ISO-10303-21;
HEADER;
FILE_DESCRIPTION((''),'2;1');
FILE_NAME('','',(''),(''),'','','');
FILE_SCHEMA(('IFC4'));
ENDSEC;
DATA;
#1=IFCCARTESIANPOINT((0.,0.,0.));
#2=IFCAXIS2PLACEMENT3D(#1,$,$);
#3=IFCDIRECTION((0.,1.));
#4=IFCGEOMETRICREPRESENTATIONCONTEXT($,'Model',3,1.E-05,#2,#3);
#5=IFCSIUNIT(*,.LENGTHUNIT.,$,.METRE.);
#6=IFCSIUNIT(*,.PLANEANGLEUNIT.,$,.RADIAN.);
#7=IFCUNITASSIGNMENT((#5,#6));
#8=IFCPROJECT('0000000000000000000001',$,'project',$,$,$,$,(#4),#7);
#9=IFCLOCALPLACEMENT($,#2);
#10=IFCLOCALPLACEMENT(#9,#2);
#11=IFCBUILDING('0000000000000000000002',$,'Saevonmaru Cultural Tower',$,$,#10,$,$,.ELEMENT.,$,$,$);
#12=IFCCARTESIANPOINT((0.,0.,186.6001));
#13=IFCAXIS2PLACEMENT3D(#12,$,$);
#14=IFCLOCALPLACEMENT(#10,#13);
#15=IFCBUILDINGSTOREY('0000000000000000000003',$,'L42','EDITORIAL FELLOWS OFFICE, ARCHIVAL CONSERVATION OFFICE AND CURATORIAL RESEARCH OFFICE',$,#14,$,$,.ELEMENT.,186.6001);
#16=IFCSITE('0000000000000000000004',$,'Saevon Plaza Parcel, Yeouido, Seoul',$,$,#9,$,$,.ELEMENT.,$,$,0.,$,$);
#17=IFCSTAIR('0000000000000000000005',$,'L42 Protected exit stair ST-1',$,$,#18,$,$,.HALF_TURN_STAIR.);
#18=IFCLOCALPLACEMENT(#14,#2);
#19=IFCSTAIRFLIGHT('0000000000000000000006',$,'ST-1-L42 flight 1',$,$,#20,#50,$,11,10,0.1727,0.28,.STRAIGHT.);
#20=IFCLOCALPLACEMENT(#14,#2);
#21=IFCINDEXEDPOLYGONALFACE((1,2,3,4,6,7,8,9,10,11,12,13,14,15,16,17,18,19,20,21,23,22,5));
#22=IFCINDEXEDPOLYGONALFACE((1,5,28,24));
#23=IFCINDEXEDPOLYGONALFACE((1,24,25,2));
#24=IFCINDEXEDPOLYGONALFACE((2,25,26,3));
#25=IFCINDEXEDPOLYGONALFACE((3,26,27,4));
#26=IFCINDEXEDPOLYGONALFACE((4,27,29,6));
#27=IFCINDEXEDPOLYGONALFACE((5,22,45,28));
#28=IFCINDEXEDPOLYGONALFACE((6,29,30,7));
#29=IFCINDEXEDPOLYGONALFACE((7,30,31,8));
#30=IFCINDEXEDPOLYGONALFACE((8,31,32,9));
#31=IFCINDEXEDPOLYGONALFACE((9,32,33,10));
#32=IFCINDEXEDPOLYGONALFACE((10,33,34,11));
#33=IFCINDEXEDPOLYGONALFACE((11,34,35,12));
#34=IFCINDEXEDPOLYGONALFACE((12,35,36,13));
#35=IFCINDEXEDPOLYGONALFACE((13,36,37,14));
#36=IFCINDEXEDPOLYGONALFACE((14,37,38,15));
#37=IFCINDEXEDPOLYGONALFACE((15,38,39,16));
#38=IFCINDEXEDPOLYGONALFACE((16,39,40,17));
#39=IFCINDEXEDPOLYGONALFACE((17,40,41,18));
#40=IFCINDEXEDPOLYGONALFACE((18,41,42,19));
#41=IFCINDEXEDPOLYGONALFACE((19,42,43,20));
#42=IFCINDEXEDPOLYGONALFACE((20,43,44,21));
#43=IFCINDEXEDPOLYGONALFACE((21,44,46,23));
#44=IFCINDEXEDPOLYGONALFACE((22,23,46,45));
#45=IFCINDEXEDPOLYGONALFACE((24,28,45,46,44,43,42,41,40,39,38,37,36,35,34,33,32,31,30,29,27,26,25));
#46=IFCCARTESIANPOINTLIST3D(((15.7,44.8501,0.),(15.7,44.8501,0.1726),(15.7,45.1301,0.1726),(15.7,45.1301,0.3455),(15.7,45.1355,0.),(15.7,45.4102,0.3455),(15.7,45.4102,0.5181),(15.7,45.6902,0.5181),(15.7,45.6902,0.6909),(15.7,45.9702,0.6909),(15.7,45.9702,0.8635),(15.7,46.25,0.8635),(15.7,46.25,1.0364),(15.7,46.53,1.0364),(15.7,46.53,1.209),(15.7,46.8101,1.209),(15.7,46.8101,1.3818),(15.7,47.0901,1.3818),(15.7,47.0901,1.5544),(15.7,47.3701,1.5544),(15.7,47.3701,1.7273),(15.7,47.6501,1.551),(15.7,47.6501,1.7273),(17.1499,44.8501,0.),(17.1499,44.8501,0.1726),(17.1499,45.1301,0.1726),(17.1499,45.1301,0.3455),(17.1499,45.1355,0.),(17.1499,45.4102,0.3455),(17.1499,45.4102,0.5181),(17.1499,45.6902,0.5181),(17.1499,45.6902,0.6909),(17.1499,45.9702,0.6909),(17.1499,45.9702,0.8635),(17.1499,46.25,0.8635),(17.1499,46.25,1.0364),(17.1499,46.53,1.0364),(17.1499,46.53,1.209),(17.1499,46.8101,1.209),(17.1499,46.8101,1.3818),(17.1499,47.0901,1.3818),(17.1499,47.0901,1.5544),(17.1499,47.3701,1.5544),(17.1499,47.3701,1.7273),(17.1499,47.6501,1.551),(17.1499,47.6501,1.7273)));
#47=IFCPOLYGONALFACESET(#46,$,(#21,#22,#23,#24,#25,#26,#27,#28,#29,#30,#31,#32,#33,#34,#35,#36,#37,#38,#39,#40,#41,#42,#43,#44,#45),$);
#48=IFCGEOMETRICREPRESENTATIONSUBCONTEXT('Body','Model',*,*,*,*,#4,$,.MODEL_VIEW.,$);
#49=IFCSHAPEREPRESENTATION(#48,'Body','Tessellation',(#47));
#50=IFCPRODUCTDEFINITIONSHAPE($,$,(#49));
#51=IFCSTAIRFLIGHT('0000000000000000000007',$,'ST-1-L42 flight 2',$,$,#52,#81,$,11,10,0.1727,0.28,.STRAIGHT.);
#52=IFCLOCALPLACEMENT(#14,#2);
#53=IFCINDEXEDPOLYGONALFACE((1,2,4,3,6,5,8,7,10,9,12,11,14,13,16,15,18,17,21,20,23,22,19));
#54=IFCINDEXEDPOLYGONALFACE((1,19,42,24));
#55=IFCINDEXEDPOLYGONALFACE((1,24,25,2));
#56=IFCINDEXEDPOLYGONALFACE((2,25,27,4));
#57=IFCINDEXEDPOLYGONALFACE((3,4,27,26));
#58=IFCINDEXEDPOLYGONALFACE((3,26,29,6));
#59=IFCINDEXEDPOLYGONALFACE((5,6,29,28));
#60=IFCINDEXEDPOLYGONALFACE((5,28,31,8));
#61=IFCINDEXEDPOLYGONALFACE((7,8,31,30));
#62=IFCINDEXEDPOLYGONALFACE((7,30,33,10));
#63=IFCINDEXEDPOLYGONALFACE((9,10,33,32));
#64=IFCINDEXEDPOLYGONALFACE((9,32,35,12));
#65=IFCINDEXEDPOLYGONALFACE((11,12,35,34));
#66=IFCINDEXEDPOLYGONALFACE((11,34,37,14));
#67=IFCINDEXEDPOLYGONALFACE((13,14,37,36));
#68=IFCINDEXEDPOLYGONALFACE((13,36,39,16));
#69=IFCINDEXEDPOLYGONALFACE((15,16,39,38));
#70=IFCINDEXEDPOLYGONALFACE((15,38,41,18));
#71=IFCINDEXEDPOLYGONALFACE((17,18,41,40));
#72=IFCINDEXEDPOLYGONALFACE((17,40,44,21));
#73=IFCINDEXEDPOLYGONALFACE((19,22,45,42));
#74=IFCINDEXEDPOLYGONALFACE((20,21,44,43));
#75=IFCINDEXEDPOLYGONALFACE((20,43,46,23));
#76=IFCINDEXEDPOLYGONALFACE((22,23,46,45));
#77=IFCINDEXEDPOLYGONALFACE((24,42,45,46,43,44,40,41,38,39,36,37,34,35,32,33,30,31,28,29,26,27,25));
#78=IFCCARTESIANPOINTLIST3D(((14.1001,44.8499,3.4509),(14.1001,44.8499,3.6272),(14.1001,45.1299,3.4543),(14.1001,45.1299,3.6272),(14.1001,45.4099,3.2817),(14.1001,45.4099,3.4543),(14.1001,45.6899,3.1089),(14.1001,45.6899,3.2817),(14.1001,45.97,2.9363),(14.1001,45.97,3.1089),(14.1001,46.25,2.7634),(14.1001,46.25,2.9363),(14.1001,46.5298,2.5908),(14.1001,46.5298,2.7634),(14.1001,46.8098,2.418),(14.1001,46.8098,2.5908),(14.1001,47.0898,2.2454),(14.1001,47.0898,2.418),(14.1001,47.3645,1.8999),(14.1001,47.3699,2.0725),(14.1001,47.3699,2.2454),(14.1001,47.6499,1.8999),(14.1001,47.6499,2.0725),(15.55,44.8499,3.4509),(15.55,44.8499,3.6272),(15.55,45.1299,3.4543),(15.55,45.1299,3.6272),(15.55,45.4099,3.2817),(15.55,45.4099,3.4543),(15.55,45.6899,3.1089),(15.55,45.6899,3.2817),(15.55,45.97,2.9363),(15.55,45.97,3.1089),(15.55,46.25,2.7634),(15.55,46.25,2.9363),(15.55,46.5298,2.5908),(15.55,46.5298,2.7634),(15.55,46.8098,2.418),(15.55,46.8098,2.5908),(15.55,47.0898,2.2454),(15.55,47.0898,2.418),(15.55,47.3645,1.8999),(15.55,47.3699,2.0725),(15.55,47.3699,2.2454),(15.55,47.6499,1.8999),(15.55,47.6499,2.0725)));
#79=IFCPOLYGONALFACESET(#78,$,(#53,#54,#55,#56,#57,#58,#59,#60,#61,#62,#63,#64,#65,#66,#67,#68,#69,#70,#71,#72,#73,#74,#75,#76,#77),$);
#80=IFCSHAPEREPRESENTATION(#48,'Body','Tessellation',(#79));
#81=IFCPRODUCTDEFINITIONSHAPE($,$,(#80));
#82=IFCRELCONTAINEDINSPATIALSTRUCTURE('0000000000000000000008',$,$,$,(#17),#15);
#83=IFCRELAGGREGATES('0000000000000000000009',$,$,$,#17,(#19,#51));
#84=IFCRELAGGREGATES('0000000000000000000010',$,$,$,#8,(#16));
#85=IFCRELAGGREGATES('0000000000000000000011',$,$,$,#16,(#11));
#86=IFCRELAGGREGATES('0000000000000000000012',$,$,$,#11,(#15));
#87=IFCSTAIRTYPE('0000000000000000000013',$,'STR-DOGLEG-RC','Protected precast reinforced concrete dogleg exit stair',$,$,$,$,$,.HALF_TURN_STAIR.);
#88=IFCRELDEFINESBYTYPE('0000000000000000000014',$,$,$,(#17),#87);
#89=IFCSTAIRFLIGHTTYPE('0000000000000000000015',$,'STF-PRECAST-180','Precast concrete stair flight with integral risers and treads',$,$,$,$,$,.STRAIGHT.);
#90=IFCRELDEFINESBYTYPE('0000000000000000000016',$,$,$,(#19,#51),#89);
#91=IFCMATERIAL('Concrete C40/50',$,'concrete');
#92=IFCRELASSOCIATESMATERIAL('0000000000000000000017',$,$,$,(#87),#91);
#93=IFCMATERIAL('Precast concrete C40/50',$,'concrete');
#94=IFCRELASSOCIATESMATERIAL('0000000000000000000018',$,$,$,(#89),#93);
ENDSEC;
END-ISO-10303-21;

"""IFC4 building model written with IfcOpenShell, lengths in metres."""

from ifc_helpers import new_model, si_unit, direction, frame, origin, place, context, subcontext, project, spatial, polyline, outline, extrude, material, type_object, element, aggregate, save


model = new_model("IFC4")

# Units and contexts
model_context = context("Model", 3, precision=1e-05, world=origin(), true_north=direction((0.0, 1.0)))
body_context = subcontext(model_context, "Body", "Model", "MODEL_VIEW")
ifc_project = project(units=[si_unit("LENGTHUNIT", "METRE"), si_unit("PLANEANGLEUNIT", "RADIAN")], contexts=[model_context])

# Site, building, storey
site_placement = place(None, origin())
site = spatial("IfcSite", under=ifc_project, at=site_placement, Name="Saevon Plaza Parcel, Yeouido, Seoul", CompositionType="ELEMENT", RefElevation=0.0)
building_placement = place(site_placement, origin())
building = spatial("IfcBuilding", under=site, at=building_placement, Name="Saevonmaru Cultural Tower", CompositionType="ELEMENT")
storey_placement = place(building_placement, frame((0.0, 0.0, 186.6001)))
storey = spatial("IfcBuildingStorey", under=building, at=storey_placement, Name="L42", Description="EDITORIAL FELLOWS OFFICE, ARCHIVAL CONSERVATION OFFICE AND CURATORIAL RESEARCH OFFICE", CompositionType="ELEMENT", Elevation=186.6001)

# Shared definitions
ifc_material_1 = material(Name="Concrete C40/50", Category="concrete")

# Stair, stair flights
stair_type = type_object("IfcStairType", Name="STR-DOGLEG-RC", Description="Protected precast reinforced concrete dogleg exit stair", PredefinedType="HALF_TURN_STAIR", material=ifc_material_1)
stair_placement = place(storey_placement, origin())
stair = element("IfcStair", 1, at=stair_placement, inside=storey, type_object=stair_type, Name="L42 Protected exit stair ST-1", PredefinedType="HALF_TURN_STAIR")
ifc_material_2 = material(Name="Precast concrete C40/50", Category="concrete")
stair_flight_type = type_object("IfcStairFlightType", Name="STF-PRECAST-180", Description="Precast concrete stair flight with integral risers and treads", PredefinedType="STRAIGHT", material=ifc_material_2)
stair_flight_1_placement = place(storey_placement, frame((16.425, 44.8501, 0.0), z_axis=(0.0, 0.0, 1.0), x_axis=(0.0, 1.0, 0.0)))
stair_flight_1 = element("IfcStairFlight", 2, at=stair_flight_1_placement, type_object=stair_flight_type, Name="ST-1-L42 flight 1", NumberOfRisers=11, NumberOfTreads=10, PredefinedType="STRAIGHT", RiserHeight=0.1727, TreadLength=0.28, context=body_context, shape_type="SweptSolid", body=[
    extrude(outline(polyline([(0.0, 0.0), (0.0, 0.1726), (0.28, 0.1726), (0.28, 0.3455), (0.5601, 0.3455), (0.5601, 0.5181), (0.8401, 0.5181), (0.8401, 0.6909), (1.1201, 0.6909), (1.1201, 0.8635), (1.3999, 0.8635), (1.3999, 1.0364), (1.6799, 1.0364), (1.6799, 1.209), (1.96, 1.209), (1.96, 1.3818), (2.24, 1.3818), (2.24, 1.5544), (2.52, 1.5544), (2.52, 1.7273), (2.8, 1.7273), (2.8, 1.8999), (2.8, 1.551), (0.2854, 0.0), (0.0, 0.0)])), frame((0.0, 0.7251, 0.0), z_axis=(0.0, -1.0, 0.0), x_axis=(1.0, 0.0, 0.0)), (0.0, 0.0, 1.0), 1.45),
])
stair_flight_2_placement = place(storey_placement, frame((14.825, 47.6499, 1.8999), z_axis=(0.0, 0.0, 1.0), x_axis=(0.0, -1.0, 0.0)))
stair_flight_2 = element("IfcStairFlight", 3, at=stair_flight_2_placement, type_object=stair_flight_type, Name="ST-1-L42 flight 2", NumberOfRisers=11, NumberOfTreads=10, PredefinedType="STRAIGHT", RiserHeight=0.1727, TreadLength=0.28, context=body_context, shape_type="SweptSolid", body=[
    extrude(outline(polyline([(0.0, 0.0), (0.0, 0.1726), (0.28, 0.1726), (0.28, 0.3455), (0.5601, 0.3455), (0.5601, 0.5181), (0.8401, 0.5181), (0.8401, 0.6909), (1.1201, 0.6909), (1.1201, 0.8635), (1.3999, 0.8635), (1.3999, 1.0364), (1.6799, 1.0364), (1.6799, 1.209), (1.96, 1.209), (1.96, 1.3818), (2.24, 1.3818), (2.24, 1.5544), (2.52, 1.5544), (2.52, 1.7273), (2.8, 1.7273), (2.8, 1.8999), (2.8, 1.551), (0.2854, 0.0), (0.0, 0.0)])), frame((0.0, 0.7251, 0.0), z_axis=(0.0, -1.0, 0.0), x_axis=(1.0, 0.0, 0.0)), (0.0, 0.0, 1.0), 1.45),
])
aggregate(stair, [stair_flight_1, stair_flight_2])

save(model, "model.ifc")
